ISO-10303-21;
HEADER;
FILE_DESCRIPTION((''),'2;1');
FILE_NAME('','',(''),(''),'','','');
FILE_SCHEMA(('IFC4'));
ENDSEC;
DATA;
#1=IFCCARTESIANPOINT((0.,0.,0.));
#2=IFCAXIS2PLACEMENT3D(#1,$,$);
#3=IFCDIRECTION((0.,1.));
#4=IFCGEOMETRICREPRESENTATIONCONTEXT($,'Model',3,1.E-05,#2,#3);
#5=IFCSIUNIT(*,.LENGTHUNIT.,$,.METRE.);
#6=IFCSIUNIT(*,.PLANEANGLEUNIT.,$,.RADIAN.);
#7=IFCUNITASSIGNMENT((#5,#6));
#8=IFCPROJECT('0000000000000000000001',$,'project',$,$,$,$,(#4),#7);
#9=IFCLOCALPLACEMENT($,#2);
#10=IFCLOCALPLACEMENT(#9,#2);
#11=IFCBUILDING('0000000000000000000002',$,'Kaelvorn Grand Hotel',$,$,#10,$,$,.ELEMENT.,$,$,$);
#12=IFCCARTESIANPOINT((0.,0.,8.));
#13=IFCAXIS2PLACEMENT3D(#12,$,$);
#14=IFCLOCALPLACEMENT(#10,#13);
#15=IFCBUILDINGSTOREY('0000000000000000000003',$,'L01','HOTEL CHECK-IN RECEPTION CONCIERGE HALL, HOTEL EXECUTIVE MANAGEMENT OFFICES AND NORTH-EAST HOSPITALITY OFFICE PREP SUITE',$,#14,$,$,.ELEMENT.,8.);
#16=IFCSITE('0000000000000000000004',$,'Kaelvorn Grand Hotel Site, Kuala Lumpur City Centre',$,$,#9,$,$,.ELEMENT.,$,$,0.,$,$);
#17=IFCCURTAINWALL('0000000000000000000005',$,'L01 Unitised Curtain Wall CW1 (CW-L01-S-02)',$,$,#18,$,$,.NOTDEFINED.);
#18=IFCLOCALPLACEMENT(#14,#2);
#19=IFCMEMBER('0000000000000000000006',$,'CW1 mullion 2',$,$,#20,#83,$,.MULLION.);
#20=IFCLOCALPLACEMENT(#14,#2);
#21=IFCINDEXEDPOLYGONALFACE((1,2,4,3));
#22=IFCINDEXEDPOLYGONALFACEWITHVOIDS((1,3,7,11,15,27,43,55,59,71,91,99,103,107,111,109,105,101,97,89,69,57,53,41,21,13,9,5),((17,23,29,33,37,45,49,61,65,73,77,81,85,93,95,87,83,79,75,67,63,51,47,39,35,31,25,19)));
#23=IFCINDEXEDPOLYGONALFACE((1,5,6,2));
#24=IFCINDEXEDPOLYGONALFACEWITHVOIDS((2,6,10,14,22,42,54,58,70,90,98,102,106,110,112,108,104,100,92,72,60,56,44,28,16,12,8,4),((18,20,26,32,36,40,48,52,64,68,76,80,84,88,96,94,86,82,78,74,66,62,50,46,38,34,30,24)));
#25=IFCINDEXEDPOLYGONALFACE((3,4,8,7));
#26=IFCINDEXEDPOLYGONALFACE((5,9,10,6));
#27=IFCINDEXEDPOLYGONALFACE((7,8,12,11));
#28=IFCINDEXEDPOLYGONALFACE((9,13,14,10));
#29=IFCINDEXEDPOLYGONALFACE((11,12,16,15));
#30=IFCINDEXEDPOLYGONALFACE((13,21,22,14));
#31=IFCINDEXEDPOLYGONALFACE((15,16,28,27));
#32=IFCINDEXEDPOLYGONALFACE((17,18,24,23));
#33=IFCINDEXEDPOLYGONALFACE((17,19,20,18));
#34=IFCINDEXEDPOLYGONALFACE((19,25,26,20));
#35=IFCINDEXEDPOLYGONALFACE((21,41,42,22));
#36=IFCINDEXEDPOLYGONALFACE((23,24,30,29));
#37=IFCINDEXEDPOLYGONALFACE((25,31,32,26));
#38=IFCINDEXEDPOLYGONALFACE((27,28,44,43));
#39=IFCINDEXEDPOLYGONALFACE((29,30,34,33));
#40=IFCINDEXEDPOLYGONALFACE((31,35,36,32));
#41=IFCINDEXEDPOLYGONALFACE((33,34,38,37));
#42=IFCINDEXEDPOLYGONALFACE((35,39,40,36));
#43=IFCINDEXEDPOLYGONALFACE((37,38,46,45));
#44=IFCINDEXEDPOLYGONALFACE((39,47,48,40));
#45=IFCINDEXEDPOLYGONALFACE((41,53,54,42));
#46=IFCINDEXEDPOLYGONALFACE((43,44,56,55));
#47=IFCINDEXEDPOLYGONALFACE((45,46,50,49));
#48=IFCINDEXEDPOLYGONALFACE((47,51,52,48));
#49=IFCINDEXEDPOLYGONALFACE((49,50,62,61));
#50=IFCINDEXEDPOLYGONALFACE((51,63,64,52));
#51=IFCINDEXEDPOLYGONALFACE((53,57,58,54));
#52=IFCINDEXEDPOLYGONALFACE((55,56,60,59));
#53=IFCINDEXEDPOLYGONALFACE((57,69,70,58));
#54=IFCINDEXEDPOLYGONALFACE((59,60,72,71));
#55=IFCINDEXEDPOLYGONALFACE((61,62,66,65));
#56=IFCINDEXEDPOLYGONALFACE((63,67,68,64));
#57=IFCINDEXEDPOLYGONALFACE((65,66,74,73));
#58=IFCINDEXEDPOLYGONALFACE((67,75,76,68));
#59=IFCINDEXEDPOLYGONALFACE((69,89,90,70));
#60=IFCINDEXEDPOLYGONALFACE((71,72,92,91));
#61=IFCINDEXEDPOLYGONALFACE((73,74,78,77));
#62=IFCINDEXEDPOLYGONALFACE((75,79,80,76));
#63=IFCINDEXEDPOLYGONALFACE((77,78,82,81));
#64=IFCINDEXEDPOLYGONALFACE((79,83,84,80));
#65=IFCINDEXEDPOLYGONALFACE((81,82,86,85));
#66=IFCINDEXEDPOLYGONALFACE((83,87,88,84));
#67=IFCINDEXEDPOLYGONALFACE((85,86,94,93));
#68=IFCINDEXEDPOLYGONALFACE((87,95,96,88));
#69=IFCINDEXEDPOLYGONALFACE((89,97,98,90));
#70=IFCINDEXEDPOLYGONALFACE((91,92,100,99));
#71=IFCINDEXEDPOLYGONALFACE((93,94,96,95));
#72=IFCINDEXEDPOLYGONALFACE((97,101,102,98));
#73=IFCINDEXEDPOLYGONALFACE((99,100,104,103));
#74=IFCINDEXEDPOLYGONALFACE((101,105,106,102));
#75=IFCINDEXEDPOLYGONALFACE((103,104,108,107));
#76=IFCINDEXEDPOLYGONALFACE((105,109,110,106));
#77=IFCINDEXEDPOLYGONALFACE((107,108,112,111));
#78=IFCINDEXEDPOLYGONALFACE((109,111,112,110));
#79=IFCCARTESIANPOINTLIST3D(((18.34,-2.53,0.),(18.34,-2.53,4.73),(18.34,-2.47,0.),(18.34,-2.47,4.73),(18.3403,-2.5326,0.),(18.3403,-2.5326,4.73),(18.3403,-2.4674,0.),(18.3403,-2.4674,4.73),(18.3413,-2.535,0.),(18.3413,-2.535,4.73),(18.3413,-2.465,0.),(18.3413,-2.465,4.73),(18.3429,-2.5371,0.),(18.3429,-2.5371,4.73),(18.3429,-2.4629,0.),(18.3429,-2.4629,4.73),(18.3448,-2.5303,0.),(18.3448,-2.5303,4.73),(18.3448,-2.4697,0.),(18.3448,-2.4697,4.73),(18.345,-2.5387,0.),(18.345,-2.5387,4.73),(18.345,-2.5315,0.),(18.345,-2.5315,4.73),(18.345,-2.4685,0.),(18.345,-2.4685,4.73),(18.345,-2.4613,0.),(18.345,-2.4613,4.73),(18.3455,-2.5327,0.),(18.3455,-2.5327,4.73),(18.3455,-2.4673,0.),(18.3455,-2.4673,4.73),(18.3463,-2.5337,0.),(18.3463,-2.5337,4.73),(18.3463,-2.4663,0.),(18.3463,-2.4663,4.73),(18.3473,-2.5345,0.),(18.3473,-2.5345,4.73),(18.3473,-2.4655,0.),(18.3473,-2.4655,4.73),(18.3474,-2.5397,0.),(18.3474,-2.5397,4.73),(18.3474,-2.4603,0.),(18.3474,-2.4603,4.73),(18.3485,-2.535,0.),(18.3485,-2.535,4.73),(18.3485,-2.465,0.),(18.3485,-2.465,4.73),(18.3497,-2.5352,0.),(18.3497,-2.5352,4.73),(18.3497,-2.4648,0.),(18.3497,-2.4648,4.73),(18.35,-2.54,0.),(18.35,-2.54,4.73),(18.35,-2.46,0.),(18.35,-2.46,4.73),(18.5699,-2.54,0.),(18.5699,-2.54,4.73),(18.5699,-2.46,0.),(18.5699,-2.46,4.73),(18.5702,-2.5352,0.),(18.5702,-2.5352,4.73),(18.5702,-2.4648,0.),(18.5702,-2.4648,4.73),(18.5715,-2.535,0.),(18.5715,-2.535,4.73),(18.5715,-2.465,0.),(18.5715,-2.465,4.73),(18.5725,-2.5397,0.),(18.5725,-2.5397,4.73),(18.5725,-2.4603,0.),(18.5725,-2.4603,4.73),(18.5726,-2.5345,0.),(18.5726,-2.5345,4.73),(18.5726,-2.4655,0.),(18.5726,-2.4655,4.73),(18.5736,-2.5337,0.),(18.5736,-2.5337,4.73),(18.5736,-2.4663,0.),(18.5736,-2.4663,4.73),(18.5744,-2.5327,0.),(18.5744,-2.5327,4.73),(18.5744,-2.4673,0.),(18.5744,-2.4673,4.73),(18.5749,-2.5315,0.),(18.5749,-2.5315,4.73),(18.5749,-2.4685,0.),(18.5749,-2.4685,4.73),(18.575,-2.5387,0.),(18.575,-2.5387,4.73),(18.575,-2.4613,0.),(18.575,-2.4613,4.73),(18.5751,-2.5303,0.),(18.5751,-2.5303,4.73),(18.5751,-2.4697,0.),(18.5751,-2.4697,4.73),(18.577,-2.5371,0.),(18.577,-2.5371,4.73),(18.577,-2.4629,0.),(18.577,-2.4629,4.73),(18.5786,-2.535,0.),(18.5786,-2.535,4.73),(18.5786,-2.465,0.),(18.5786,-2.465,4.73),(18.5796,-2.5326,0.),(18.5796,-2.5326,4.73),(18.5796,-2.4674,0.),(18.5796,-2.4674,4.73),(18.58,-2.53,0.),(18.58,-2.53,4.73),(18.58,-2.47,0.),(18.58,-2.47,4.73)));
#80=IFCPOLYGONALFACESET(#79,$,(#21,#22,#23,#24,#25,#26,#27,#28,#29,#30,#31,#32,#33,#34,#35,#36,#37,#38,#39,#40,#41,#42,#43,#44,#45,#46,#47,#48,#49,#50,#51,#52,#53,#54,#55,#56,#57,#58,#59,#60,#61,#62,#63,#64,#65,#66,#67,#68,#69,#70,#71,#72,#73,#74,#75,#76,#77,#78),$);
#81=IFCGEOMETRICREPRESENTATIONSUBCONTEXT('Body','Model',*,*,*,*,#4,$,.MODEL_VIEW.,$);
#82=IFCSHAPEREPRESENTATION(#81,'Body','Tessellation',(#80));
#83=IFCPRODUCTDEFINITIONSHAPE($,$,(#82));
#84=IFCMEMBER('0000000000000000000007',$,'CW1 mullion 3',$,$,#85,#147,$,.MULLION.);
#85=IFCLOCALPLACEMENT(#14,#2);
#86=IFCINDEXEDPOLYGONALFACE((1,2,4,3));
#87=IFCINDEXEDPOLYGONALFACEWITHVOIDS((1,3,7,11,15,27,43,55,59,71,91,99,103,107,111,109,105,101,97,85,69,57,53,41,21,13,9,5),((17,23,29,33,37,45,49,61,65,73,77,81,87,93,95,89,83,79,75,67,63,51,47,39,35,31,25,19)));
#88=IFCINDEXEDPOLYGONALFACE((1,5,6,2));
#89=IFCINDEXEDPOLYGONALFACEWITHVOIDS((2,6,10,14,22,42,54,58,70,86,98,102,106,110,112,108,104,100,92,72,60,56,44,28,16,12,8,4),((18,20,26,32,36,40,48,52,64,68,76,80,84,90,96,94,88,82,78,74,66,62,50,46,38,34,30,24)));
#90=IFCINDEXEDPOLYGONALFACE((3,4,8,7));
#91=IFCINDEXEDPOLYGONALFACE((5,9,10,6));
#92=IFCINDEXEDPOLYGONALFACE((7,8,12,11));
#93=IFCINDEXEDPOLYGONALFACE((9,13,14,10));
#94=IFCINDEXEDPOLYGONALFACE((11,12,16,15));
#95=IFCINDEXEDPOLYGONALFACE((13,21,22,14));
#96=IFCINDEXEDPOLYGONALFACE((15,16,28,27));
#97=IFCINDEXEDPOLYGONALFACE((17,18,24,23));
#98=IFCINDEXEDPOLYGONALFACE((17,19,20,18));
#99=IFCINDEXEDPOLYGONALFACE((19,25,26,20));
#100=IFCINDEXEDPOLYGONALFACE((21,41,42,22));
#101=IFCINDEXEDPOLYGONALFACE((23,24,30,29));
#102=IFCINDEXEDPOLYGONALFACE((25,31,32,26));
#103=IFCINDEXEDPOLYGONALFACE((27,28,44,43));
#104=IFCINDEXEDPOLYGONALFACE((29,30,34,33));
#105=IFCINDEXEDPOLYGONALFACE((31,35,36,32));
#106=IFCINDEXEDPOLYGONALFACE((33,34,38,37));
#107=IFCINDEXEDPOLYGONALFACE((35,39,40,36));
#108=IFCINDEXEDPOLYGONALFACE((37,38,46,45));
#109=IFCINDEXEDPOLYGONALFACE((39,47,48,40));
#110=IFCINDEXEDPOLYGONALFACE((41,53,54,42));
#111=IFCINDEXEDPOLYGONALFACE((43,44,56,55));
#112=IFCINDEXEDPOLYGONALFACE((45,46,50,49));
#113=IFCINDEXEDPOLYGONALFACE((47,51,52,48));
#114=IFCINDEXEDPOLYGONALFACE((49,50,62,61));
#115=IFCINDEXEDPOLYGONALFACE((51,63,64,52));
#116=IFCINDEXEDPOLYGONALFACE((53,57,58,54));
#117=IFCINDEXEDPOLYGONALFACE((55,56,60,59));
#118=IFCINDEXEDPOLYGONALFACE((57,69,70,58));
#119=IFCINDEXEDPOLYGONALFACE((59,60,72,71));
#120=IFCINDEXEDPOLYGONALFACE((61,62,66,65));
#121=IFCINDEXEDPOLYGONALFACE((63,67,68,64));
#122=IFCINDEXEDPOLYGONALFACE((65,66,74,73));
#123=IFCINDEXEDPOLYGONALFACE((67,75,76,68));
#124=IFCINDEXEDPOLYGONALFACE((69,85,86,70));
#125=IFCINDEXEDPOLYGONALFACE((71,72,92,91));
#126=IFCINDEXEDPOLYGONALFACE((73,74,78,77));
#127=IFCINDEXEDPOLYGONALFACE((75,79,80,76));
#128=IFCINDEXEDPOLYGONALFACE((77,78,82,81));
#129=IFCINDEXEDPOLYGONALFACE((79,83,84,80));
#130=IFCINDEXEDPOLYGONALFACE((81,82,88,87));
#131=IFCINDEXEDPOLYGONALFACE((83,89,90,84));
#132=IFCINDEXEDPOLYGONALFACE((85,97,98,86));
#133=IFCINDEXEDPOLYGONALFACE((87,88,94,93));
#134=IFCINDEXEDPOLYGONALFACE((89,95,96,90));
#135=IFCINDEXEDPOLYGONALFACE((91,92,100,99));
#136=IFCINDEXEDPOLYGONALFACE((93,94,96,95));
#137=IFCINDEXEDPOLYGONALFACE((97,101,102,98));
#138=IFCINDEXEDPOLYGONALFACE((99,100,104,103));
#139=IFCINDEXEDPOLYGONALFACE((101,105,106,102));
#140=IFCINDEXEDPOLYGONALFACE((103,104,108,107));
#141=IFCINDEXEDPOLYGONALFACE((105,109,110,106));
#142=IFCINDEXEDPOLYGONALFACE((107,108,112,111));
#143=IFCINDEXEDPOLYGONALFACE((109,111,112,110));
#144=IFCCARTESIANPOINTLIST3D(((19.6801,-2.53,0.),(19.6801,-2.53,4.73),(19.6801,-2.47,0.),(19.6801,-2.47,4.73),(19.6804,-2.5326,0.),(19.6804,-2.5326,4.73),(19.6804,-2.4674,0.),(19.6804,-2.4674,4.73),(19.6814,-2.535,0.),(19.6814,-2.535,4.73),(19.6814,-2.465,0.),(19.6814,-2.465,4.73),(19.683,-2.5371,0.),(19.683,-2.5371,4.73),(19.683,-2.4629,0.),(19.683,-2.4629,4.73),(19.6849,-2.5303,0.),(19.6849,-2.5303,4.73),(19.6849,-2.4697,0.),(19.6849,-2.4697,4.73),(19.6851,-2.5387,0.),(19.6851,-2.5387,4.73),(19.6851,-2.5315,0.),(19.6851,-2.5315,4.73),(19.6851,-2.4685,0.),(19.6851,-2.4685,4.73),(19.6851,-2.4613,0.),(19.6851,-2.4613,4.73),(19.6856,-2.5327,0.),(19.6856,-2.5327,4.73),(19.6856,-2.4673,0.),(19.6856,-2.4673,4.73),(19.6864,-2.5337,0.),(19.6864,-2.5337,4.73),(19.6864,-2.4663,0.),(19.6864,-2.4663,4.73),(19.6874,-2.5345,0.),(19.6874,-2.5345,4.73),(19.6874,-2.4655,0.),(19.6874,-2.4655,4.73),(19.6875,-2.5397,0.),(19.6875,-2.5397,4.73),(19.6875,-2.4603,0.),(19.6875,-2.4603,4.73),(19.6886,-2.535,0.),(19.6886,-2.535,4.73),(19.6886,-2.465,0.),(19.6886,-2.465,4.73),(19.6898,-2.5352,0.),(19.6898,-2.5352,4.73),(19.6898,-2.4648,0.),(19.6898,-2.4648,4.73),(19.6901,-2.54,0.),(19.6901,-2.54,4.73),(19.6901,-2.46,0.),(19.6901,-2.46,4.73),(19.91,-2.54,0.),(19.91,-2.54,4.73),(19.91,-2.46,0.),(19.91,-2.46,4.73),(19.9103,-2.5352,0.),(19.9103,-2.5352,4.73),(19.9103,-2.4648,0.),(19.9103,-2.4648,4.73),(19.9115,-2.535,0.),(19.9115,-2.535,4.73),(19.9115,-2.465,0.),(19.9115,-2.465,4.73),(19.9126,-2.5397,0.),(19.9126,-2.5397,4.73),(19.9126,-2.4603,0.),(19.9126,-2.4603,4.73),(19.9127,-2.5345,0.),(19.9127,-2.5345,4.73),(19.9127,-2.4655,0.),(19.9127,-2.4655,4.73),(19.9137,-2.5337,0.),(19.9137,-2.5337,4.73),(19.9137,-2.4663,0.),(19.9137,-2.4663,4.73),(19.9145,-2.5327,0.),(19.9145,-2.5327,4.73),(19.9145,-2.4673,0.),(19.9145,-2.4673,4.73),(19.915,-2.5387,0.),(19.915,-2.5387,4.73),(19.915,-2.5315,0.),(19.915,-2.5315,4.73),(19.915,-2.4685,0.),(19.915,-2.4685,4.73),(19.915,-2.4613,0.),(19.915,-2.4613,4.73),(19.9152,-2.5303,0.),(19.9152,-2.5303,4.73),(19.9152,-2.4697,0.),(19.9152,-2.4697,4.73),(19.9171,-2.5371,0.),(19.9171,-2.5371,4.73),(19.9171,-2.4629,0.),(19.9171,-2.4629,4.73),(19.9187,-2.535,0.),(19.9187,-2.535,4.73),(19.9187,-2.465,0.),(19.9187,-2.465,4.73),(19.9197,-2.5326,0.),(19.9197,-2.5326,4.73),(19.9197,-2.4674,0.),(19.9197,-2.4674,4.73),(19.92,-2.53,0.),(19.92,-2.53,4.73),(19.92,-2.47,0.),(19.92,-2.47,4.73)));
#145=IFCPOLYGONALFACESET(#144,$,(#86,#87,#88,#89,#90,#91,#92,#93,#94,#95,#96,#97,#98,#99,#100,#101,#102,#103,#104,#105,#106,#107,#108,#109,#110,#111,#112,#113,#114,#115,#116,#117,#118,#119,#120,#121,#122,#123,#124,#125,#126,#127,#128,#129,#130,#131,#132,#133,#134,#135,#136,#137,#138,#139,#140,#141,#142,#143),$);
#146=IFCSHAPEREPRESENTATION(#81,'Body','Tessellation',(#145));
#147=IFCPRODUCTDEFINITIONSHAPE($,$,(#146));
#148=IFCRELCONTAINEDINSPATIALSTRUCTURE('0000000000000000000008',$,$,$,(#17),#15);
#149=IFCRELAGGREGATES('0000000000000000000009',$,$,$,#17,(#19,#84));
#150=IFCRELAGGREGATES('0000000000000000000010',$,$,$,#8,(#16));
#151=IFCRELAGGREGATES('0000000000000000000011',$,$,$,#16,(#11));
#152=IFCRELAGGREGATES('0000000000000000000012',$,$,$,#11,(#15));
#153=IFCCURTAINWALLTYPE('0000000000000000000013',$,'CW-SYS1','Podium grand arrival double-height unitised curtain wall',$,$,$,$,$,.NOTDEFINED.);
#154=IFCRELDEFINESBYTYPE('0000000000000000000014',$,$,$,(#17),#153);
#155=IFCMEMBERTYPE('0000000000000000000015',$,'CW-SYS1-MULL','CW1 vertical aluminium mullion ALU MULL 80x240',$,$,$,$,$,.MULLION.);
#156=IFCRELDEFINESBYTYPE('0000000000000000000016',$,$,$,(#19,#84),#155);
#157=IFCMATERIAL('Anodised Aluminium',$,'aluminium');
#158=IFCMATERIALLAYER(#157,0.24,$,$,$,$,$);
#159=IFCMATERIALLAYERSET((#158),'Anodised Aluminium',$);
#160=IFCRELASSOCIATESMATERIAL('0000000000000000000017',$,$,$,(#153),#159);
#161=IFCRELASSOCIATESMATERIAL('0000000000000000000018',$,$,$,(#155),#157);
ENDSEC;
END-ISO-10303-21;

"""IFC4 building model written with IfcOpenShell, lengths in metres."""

from ifc_helpers import new_model, si_unit, direction, frame, origin, origin_2d, place, context, subcontext, project, spatial, hollow_rectangle, extrude, material, layer, layer_set, material_profile, profile_set, type_object, element, aggregate, save


model = new_model("IFC4")

# Units and contexts
model_context = context("Model", 3, precision=1e-05, world=origin(), true_north=direction((0.0, 1.0)))
body_context = subcontext(model_context, "Body", "Model", "MODEL_VIEW")
ifc_project = project(units=[si_unit("LENGTHUNIT", "METRE"), si_unit("PLANEANGLEUNIT", "RADIAN")], contexts=[model_context])

# Site, building, storey
site_placement = place(None, origin())
site = spatial("IfcSite", under=ifc_project, at=site_placement, Name="Kaelvorn Grand Hotel Site, Kuala Lumpur City Centre", CompositionType="ELEMENT", RefElevation=0.0)
building_placement = place(site_placement, origin())
building = spatial("IfcBuilding", under=site, at=building_placement, Name="Kaelvorn Grand Hotel", CompositionType="ELEMENT")
storey_placement = place(building_placement, frame((0.0, 0.0, 8.0)))
storey = spatial("IfcBuildingStorey", under=building, at=storey_placement, Name="L01", Description="HOTEL CHECK-IN RECEPTION CONCIERGE HALL, HOTEL EXECUTIVE MANAGEMENT OFFICES AND NORTH-EAST HOSPITALITY OFFICE PREP SUITE", CompositionType="ELEMENT", Elevation=8.0)

# Curtain wall, members
ifc_material_1 = material(Name="Anodised Aluminium", Category="aluminium")
ifc_layer_1 = layer(ifc_material_1, 0.24)
ifc_layer_set_1 = layer_set([ifc_layer_1], Name="Anodised Aluminium")
curtain_wall_type = type_object("IfcCurtainWallType", Name="CW-SYS1", Description="Podium grand arrival double-height unitised curtain wall", PredefinedType="NOTDEFINED", material=ifc_layer_set_1)
ifc_material_profile_1 = material_profile(ifc_material_1, hollow_rectangle(XDim=0.0801, YDim=0.24, WallThickness=0.0049, InnerFilletRadius=0.0049, OuterFilletRadius=0.01, at=origin_2d()), Name="ALU MULL 80x240")
ifc_profile_set_1 = profile_set([ifc_material_profile_1], Name="Anodised Aluminium")
member_type_1 = type_object("IfcMemberType", Name="CW-SYS1-MULL", Description="CW1 vertical aluminium mullion ALU MULL 80x240", PredefinedType="MULLION", material=ifc_profile_set_1)
curtain_wall_1_placement = place(storey_placement, origin())
curtain_wall_1 = element("IfcCurtainWall", 1, at=curtain_wall_1_placement, inside=storey, type_object=curtain_wall_type, Name="L01 Unitised Curtain Wall CW1 (CW-L01-S-02)", PredefinedType="NOTDEFINED")
member_1_placement = place(storey_placement, frame((18.46, -2.5, 0.0), z_axis=(0.0, 0.0, 1.0), x_axis=(0.0, 1.0, 0.0)))
member_1 = element("IfcMember", 2, at=member_1_placement, type_object=member_type_1, Name="CW1 mullion 2", PredefinedType="MULLION", context=body_context, shape_type="SweptSolid", body=[
    extrude(hollow_rectangle(XDim=0.0801, YDim=0.24, WallThickness=0.0049, InnerFilletRadius=0.0049, OuterFilletRadius=0.01, at=origin_2d()), origin(), (0.0, 0.0, 1.0), 4.73),
])
member_2_placement = place(storey_placement, frame((19.8, -2.5, 0.0), z_axis=(0.0, 0.0, 1.0), x_axis=(0.0, 1.0, 0.0)))
member_2 = element("IfcMember", 3, at=member_2_placement, type_object=member_type_1, Name="CW1 mullion 3", PredefinedType="MULLION", context=body_context, shape_type="SweptSolid", body=[
    extrude(hollow_rectangle(XDim=0.0801, YDim=0.24, WallThickness=0.0049, InnerFilletRadius=0.0049, OuterFilletRadius=0.01, at=origin_2d()), origin(), (0.0, 0.0, 1.0), 4.73),
])

aggregate(curtain_wall_1, [member_1, member_2])

save(model, "model.ifc")
